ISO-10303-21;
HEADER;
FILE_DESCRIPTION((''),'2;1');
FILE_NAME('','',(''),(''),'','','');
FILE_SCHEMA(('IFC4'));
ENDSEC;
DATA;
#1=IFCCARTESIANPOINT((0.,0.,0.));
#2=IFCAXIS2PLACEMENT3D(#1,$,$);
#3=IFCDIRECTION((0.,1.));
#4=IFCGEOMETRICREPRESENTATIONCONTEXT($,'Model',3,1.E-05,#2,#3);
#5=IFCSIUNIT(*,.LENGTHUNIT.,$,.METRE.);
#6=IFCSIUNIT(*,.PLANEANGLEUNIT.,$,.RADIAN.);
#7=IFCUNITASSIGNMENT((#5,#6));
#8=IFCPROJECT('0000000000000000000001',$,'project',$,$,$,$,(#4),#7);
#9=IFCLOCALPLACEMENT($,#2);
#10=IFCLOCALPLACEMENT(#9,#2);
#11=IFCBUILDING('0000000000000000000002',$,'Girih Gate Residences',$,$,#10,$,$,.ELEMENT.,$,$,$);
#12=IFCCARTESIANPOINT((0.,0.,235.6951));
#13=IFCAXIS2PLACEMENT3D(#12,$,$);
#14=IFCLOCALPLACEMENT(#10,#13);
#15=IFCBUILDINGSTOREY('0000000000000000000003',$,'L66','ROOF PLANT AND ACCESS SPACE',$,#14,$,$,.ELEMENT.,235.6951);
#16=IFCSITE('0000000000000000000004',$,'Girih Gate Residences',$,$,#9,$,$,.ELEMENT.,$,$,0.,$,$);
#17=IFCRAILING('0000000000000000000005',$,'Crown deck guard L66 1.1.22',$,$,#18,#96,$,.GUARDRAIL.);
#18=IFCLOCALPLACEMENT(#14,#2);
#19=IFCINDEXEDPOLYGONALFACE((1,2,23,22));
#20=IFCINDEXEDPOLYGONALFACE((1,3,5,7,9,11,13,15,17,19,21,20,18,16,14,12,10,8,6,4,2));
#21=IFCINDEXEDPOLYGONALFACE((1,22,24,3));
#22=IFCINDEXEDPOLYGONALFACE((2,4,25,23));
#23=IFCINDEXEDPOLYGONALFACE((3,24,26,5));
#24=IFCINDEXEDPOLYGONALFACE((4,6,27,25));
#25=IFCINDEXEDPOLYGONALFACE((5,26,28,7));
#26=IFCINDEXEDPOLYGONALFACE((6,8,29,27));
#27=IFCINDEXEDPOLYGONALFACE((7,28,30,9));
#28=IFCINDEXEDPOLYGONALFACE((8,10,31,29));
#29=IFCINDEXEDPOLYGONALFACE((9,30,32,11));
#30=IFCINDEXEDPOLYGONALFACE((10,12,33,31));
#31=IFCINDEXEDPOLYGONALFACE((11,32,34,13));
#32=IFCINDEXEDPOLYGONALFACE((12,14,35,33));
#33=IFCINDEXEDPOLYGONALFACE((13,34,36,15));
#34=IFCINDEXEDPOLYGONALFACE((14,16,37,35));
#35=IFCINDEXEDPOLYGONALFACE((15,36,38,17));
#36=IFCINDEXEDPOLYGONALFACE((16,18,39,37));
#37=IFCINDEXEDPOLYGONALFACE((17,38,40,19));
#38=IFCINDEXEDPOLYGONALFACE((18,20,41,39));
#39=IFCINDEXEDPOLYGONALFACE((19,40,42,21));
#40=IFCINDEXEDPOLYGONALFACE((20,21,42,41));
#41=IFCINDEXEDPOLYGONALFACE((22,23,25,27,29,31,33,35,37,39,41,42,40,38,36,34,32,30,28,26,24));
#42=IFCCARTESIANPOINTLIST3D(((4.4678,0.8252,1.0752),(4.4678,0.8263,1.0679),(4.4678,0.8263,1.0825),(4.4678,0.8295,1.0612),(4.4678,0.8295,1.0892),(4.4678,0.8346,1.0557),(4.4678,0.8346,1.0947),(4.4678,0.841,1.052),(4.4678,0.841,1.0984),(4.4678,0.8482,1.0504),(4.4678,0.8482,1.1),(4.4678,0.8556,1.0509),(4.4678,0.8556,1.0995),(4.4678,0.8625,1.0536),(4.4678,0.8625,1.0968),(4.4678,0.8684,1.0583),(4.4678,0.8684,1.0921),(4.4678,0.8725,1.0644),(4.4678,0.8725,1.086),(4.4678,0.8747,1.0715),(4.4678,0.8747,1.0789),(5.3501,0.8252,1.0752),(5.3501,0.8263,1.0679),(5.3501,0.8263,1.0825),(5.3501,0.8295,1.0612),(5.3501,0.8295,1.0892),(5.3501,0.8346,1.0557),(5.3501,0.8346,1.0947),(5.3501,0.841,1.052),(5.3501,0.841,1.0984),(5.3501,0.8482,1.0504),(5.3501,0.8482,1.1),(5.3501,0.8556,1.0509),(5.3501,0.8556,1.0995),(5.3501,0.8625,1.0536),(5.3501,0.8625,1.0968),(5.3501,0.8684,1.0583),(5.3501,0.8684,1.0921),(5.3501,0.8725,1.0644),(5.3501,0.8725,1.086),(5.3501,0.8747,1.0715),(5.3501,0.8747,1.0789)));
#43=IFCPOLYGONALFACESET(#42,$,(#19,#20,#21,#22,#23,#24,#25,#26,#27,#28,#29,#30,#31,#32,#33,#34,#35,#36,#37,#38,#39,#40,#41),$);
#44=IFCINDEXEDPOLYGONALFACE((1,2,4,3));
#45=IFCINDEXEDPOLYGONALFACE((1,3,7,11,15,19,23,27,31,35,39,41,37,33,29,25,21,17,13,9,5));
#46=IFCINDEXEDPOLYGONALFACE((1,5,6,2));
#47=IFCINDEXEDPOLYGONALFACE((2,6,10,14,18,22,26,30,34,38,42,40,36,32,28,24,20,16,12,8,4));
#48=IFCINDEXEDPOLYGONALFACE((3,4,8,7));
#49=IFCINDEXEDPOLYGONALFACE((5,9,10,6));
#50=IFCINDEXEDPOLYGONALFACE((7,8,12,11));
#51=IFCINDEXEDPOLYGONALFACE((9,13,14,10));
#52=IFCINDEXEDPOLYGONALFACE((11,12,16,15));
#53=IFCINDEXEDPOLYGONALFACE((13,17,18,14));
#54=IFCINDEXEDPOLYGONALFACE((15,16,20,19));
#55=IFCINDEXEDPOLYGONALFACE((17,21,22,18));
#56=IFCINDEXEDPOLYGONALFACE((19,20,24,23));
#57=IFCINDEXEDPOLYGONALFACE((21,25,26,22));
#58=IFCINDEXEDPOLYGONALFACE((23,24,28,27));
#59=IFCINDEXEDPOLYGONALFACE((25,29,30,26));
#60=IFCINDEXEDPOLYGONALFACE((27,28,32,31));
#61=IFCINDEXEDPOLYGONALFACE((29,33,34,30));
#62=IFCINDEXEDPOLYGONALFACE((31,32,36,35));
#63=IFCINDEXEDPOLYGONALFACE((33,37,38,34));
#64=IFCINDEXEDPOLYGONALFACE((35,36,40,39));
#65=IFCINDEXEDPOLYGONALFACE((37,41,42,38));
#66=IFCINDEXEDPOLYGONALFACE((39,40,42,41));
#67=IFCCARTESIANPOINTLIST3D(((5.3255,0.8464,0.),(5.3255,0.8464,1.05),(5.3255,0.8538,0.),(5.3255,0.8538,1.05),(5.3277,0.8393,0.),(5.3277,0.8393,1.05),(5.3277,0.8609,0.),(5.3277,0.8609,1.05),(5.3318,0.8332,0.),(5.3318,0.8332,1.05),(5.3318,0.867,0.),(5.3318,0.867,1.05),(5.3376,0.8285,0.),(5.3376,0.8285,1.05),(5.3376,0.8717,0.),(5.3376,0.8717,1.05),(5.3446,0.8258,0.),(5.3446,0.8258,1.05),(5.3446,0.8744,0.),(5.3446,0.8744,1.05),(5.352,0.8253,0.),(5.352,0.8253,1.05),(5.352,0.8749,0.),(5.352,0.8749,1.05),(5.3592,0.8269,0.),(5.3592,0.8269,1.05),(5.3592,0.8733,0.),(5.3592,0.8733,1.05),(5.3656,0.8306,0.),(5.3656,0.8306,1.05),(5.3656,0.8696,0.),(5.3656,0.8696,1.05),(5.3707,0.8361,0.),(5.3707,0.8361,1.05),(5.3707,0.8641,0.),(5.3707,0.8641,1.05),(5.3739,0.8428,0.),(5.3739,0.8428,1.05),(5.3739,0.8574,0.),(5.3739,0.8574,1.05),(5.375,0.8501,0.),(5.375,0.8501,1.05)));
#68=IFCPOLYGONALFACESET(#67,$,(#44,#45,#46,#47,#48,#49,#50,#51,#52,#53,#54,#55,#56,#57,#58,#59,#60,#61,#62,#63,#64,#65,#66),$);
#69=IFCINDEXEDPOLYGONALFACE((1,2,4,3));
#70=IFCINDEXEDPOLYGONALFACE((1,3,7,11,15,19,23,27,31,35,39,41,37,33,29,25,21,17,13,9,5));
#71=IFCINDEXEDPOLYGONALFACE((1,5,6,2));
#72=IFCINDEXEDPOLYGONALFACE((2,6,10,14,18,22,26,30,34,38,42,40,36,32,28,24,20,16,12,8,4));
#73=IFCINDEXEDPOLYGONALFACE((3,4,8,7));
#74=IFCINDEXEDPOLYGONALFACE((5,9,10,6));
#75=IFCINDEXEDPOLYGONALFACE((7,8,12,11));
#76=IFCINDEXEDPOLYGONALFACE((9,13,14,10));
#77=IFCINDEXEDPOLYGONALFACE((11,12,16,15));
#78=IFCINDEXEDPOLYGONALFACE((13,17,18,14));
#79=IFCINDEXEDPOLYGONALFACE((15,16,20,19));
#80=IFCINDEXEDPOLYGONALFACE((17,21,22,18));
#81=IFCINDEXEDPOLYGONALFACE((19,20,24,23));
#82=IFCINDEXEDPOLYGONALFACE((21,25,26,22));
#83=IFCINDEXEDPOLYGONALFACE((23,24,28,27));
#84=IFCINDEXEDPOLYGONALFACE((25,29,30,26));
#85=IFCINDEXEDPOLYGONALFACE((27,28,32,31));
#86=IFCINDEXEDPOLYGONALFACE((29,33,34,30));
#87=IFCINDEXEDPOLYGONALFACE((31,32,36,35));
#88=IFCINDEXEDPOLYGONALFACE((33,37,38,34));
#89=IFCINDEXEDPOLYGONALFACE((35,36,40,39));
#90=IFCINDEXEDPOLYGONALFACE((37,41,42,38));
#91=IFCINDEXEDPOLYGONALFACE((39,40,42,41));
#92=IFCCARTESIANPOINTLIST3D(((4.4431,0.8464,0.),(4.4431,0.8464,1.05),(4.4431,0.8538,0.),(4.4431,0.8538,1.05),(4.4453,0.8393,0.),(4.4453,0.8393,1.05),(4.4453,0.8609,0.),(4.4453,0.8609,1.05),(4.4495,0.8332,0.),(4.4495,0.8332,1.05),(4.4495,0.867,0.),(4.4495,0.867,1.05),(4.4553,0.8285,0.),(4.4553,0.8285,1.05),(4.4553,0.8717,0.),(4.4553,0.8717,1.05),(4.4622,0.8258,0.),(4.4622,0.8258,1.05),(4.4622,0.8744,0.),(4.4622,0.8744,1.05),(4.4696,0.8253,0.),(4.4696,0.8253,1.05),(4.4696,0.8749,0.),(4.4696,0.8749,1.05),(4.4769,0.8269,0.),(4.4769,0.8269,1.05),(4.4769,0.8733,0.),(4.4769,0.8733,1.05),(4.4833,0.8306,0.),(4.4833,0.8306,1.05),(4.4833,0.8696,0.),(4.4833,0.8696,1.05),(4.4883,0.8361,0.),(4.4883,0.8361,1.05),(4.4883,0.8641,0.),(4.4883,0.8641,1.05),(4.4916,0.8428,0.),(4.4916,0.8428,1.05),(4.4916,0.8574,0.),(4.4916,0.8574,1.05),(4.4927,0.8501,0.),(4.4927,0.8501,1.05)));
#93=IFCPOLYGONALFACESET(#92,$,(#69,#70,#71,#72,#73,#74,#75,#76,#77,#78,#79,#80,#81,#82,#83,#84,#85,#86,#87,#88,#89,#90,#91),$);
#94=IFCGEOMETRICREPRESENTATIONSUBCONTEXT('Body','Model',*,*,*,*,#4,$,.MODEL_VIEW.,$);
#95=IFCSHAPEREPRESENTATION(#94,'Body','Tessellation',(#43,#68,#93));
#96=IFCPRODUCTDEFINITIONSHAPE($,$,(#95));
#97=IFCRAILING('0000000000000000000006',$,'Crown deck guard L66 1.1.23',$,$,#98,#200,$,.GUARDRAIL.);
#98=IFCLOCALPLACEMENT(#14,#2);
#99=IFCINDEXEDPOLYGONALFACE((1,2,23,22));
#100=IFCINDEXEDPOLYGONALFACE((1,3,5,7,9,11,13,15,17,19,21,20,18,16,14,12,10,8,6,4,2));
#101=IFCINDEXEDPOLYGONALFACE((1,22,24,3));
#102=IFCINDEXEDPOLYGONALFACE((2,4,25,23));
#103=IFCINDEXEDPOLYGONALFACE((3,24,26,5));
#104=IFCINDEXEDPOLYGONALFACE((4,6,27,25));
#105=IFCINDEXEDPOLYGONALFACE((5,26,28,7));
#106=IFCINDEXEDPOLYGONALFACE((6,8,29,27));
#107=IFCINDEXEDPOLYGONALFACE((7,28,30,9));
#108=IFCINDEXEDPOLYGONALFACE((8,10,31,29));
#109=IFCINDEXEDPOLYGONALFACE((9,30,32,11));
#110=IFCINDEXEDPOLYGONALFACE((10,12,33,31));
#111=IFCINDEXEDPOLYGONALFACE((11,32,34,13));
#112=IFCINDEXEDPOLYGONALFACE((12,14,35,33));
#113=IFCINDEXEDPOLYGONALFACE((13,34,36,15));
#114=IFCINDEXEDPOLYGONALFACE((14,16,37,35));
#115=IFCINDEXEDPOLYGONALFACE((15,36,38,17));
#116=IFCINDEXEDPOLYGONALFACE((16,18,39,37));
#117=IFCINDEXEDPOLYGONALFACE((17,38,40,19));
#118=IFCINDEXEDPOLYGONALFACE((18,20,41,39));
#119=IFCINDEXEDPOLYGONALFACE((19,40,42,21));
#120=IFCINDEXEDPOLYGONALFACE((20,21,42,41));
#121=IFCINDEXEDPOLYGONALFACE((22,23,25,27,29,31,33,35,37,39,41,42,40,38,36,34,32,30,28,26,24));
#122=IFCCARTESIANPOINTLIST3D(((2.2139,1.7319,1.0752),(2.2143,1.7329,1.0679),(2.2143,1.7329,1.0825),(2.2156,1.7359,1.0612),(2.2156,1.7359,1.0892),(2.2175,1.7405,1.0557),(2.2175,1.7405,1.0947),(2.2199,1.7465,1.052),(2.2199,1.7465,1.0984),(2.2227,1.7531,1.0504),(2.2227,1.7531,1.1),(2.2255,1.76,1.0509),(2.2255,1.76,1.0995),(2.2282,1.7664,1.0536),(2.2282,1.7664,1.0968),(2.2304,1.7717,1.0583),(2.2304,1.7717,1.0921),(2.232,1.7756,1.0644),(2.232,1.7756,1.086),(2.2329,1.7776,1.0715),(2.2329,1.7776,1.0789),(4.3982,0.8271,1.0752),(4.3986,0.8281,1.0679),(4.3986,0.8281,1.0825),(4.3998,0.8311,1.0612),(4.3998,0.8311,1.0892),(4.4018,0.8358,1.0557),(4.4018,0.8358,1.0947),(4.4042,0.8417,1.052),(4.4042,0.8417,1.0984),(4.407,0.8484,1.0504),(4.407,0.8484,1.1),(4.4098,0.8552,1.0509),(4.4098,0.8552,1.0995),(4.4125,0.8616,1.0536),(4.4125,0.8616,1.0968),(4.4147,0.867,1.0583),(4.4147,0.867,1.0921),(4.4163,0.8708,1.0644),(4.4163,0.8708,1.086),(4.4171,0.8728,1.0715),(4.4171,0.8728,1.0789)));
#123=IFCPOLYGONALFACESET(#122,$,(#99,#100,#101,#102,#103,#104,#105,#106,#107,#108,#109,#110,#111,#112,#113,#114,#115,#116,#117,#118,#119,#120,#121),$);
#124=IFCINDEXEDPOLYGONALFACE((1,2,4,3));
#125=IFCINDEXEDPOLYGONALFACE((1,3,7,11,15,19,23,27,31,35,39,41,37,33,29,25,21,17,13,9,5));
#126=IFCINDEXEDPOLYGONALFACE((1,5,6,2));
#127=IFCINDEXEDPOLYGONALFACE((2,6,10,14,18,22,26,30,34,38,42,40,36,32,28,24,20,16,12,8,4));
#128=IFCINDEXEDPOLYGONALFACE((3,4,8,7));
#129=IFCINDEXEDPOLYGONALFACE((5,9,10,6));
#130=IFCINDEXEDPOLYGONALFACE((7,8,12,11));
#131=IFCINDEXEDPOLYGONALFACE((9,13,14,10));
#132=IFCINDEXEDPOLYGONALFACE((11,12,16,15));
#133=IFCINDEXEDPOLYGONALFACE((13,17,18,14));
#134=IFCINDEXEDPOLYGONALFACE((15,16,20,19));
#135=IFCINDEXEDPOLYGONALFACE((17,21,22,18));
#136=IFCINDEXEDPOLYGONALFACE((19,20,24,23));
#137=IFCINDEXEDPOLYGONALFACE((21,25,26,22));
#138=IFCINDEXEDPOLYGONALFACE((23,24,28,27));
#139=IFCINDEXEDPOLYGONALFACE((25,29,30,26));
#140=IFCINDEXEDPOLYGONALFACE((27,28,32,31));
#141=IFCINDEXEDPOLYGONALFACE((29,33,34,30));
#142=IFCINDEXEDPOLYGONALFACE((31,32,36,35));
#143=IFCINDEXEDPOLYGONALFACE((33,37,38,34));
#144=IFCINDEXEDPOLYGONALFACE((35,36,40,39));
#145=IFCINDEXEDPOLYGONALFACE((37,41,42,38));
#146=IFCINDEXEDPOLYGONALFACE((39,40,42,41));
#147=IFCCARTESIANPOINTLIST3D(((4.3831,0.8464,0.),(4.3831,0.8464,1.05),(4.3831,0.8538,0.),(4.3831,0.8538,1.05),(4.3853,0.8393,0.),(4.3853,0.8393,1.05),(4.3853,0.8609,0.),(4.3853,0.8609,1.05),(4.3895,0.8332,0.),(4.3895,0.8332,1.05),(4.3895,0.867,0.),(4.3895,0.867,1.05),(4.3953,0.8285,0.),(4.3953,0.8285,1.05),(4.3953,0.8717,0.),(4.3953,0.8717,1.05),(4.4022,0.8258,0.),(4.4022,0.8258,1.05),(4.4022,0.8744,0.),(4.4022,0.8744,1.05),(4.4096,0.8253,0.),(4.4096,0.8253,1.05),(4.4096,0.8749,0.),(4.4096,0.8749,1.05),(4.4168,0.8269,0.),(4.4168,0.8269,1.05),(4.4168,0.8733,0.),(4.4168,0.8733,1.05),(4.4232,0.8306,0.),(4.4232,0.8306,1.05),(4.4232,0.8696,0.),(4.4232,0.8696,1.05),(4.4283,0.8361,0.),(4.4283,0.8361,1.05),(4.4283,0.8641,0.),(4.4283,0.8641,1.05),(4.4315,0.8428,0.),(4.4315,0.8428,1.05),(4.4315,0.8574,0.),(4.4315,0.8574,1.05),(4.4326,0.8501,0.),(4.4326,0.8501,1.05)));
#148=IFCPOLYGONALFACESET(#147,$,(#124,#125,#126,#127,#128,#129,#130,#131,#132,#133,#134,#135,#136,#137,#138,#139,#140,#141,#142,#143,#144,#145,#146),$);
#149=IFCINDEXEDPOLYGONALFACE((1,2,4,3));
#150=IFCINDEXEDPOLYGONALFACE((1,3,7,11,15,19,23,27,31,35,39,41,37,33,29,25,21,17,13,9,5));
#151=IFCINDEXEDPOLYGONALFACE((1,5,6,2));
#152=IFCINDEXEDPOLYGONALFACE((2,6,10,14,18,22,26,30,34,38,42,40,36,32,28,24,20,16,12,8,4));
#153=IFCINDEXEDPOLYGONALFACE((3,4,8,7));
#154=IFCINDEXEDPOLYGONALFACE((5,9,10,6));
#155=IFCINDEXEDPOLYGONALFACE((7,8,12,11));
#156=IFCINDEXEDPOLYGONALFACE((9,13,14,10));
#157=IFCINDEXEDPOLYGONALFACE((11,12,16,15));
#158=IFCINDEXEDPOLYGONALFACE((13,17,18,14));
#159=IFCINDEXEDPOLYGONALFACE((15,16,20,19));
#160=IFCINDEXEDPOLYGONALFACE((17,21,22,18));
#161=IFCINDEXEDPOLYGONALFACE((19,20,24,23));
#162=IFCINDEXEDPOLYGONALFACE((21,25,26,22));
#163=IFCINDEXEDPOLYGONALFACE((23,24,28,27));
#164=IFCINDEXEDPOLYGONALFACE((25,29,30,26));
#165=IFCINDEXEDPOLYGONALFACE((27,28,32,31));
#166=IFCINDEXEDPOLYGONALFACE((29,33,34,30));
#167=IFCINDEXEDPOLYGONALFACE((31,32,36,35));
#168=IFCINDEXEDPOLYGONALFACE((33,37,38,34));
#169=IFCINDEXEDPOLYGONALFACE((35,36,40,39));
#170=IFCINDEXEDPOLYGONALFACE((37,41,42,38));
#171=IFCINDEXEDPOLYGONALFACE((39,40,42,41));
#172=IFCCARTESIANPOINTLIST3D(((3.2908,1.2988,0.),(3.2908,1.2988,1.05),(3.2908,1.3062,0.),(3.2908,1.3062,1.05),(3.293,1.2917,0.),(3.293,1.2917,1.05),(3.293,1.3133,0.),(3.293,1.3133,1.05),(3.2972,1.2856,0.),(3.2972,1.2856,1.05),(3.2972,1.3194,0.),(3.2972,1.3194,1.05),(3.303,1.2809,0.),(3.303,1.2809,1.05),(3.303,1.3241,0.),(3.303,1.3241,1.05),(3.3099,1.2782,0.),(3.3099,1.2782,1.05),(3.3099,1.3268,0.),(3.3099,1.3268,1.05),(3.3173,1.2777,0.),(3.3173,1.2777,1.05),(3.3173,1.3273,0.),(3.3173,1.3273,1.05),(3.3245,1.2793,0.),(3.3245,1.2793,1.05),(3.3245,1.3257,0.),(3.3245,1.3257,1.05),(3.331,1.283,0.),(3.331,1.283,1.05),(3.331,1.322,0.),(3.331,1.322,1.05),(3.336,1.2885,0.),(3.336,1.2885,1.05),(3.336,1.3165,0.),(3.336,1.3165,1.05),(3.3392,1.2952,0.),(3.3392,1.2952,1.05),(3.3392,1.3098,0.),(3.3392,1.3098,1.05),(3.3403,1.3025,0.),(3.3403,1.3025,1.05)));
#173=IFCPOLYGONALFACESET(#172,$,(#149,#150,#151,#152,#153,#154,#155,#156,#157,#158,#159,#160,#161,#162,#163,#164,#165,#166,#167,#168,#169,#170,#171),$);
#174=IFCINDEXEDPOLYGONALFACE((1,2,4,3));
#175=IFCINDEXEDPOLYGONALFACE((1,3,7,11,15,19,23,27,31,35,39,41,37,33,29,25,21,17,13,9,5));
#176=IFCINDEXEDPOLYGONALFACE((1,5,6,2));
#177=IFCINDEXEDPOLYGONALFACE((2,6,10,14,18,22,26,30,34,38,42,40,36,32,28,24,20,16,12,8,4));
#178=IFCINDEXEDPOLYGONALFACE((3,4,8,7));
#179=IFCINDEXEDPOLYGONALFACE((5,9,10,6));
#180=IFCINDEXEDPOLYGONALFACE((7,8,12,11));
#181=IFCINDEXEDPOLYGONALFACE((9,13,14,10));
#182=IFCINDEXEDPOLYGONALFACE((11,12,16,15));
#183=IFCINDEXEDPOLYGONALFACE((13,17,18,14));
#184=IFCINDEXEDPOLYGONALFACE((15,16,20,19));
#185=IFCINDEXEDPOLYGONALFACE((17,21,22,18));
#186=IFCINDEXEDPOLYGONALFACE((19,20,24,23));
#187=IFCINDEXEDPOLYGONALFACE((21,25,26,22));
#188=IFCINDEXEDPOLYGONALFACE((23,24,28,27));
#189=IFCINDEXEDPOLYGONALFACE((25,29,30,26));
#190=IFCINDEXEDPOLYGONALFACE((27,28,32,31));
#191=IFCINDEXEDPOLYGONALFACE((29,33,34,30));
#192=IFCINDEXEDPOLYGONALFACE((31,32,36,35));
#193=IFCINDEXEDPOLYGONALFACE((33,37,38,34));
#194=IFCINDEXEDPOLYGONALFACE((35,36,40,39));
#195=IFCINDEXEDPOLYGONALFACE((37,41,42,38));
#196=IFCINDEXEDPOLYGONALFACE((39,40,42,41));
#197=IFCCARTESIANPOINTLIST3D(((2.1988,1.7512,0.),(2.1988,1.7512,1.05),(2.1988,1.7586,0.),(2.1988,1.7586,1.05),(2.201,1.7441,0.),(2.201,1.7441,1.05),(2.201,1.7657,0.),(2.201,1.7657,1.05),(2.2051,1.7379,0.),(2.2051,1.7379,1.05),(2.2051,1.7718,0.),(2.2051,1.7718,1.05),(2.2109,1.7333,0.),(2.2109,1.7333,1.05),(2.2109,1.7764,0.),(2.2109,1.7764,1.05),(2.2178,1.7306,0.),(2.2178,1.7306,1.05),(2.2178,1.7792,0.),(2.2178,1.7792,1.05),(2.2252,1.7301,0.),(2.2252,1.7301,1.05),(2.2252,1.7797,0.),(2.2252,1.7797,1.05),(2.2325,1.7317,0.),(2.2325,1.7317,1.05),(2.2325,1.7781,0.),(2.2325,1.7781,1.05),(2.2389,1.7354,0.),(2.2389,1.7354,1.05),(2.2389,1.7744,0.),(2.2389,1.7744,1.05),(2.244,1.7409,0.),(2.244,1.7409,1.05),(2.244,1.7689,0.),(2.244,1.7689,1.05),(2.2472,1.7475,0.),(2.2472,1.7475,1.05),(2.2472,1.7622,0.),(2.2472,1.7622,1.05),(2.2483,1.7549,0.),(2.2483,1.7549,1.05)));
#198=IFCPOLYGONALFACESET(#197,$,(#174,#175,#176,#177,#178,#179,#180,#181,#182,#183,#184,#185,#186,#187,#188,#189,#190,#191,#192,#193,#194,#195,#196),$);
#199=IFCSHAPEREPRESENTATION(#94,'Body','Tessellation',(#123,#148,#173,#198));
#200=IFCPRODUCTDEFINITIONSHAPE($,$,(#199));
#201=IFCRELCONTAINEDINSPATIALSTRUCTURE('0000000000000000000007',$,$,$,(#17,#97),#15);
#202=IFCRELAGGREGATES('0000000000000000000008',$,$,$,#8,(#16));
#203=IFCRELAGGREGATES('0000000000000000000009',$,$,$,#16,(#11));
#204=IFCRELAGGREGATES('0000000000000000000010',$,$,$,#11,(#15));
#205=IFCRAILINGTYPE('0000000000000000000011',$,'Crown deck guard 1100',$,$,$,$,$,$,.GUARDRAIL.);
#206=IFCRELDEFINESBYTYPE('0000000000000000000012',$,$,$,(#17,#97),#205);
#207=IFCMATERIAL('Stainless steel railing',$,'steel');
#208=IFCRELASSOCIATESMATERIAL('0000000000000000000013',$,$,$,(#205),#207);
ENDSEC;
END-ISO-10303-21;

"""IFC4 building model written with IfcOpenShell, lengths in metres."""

from ifc_helpers import new_model, si_unit, direction, frame, origin, origin_2d, place, context, subcontext, project, spatial, circle, extrude, material, type_object, element, save


model = new_model("IFC4")

# Units and contexts
model_context = context("Model", 3, precision=1e-05, world=origin(), true_north=direction((0.0, 1.0)))
body_context = subcontext(model_context, "Body", "Model", "MODEL_VIEW")
ifc_project = project(units=[si_unit("LENGTHUNIT", "METRE"), si_unit("PLANEANGLEUNIT", "RADIAN")], contexts=[model_context])

# Site, building, storey
site_placement = place(None, origin())
site = spatial("IfcSite", under=ifc_project, at=site_placement, Name="Girih Gate Residences", CompositionType="ELEMENT", RefElevation=0.0)
building_placement = place(site_placement, origin())
building = spatial("IfcBuilding", under=site, at=building_placement, Name="Girih Gate Residences", CompositionType="ELEMENT")
storey_placement = place(building_placement, frame((0.0, 0.0, 235.6951)))
storey = spatial("IfcBuildingStorey", under=building, at=storey_placement, Name="L66", Description="ROOF PLANT AND ACCESS SPACE", CompositionType="ELEMENT", Elevation=235.6951)

# Railings
ifc_material_1 = material(Name="Stainless steel railing", Category="steel")
railing_type = type_object("IfcRailingType", Name="Crown deck guard 1100", PredefinedType="GUARDRAIL", material=ifc_material_1)
railing_1_placement = place(storey_placement, frame((5.3501, 0.8501, 0.0)))
element("IfcRailing", 1, at=railing_1_placement, inside=storey, type_object=railing_type, Name="Crown deck guard L66 1.1.22", PredefinedType="GUARDRAIL", context=body_context, shape_type="SweptSolid", body=[
    extrude(circle(Radius=0.0249, at=origin_2d()), frame((0.0, 0.0, 1.0752), z_axis=(-1.0, 0.0, 0.0), x_axis=(0.0, -1.0, 0.0)), (0.0, 0.0, 1.0), 0.8823),
    extrude(circle(Radius=0.0249, at=origin_2d()), origin(), (0.0, 0.0, 1.0), 1.05),
    extrude(circle(Radius=0.0249, at=origin_2d()), frame((-0.8823, 0.0, 0.0)), (0.0, 0.0, 1.0), 1.05),
])
railing_2_placement = place(storey_placement, frame((4.4077, 0.8501, 0.0)))
element("IfcRailing", 2, at=railing_2_placement, inside=storey, type_object=railing_type, Name="Crown deck guard L66 1.1.23", PredefinedType="GUARDRAIL", context=body_context, shape_type="SweptSolid", body=[
    extrude(circle(Radius=0.0249, at=origin_2d()), frame((0.0, 0.0, 1.0752), z_axis=(-0.923878, 0.382686, 0.0), x_axis=(-0.382686, -0.923878, 0.0)), (0.0, 0.0, 1.0), 2.3643),
    extrude(circle(Radius=0.0249, at=origin_2d()), origin(), (0.0, 0.0, 1.0), 1.05),
    extrude(circle(Radius=0.0249, at=origin_2d()), frame((-1.0923, 0.4524, 0.0)), (0.0, 0.0, 1.0), 1.05),
    extrude(circle(Radius=0.0249, at=origin_2d()), frame((-2.1843, 0.9048, 0.0)), (0.0, 0.0, 1.0), 1.05),
])

save(model, "model.ifc")
